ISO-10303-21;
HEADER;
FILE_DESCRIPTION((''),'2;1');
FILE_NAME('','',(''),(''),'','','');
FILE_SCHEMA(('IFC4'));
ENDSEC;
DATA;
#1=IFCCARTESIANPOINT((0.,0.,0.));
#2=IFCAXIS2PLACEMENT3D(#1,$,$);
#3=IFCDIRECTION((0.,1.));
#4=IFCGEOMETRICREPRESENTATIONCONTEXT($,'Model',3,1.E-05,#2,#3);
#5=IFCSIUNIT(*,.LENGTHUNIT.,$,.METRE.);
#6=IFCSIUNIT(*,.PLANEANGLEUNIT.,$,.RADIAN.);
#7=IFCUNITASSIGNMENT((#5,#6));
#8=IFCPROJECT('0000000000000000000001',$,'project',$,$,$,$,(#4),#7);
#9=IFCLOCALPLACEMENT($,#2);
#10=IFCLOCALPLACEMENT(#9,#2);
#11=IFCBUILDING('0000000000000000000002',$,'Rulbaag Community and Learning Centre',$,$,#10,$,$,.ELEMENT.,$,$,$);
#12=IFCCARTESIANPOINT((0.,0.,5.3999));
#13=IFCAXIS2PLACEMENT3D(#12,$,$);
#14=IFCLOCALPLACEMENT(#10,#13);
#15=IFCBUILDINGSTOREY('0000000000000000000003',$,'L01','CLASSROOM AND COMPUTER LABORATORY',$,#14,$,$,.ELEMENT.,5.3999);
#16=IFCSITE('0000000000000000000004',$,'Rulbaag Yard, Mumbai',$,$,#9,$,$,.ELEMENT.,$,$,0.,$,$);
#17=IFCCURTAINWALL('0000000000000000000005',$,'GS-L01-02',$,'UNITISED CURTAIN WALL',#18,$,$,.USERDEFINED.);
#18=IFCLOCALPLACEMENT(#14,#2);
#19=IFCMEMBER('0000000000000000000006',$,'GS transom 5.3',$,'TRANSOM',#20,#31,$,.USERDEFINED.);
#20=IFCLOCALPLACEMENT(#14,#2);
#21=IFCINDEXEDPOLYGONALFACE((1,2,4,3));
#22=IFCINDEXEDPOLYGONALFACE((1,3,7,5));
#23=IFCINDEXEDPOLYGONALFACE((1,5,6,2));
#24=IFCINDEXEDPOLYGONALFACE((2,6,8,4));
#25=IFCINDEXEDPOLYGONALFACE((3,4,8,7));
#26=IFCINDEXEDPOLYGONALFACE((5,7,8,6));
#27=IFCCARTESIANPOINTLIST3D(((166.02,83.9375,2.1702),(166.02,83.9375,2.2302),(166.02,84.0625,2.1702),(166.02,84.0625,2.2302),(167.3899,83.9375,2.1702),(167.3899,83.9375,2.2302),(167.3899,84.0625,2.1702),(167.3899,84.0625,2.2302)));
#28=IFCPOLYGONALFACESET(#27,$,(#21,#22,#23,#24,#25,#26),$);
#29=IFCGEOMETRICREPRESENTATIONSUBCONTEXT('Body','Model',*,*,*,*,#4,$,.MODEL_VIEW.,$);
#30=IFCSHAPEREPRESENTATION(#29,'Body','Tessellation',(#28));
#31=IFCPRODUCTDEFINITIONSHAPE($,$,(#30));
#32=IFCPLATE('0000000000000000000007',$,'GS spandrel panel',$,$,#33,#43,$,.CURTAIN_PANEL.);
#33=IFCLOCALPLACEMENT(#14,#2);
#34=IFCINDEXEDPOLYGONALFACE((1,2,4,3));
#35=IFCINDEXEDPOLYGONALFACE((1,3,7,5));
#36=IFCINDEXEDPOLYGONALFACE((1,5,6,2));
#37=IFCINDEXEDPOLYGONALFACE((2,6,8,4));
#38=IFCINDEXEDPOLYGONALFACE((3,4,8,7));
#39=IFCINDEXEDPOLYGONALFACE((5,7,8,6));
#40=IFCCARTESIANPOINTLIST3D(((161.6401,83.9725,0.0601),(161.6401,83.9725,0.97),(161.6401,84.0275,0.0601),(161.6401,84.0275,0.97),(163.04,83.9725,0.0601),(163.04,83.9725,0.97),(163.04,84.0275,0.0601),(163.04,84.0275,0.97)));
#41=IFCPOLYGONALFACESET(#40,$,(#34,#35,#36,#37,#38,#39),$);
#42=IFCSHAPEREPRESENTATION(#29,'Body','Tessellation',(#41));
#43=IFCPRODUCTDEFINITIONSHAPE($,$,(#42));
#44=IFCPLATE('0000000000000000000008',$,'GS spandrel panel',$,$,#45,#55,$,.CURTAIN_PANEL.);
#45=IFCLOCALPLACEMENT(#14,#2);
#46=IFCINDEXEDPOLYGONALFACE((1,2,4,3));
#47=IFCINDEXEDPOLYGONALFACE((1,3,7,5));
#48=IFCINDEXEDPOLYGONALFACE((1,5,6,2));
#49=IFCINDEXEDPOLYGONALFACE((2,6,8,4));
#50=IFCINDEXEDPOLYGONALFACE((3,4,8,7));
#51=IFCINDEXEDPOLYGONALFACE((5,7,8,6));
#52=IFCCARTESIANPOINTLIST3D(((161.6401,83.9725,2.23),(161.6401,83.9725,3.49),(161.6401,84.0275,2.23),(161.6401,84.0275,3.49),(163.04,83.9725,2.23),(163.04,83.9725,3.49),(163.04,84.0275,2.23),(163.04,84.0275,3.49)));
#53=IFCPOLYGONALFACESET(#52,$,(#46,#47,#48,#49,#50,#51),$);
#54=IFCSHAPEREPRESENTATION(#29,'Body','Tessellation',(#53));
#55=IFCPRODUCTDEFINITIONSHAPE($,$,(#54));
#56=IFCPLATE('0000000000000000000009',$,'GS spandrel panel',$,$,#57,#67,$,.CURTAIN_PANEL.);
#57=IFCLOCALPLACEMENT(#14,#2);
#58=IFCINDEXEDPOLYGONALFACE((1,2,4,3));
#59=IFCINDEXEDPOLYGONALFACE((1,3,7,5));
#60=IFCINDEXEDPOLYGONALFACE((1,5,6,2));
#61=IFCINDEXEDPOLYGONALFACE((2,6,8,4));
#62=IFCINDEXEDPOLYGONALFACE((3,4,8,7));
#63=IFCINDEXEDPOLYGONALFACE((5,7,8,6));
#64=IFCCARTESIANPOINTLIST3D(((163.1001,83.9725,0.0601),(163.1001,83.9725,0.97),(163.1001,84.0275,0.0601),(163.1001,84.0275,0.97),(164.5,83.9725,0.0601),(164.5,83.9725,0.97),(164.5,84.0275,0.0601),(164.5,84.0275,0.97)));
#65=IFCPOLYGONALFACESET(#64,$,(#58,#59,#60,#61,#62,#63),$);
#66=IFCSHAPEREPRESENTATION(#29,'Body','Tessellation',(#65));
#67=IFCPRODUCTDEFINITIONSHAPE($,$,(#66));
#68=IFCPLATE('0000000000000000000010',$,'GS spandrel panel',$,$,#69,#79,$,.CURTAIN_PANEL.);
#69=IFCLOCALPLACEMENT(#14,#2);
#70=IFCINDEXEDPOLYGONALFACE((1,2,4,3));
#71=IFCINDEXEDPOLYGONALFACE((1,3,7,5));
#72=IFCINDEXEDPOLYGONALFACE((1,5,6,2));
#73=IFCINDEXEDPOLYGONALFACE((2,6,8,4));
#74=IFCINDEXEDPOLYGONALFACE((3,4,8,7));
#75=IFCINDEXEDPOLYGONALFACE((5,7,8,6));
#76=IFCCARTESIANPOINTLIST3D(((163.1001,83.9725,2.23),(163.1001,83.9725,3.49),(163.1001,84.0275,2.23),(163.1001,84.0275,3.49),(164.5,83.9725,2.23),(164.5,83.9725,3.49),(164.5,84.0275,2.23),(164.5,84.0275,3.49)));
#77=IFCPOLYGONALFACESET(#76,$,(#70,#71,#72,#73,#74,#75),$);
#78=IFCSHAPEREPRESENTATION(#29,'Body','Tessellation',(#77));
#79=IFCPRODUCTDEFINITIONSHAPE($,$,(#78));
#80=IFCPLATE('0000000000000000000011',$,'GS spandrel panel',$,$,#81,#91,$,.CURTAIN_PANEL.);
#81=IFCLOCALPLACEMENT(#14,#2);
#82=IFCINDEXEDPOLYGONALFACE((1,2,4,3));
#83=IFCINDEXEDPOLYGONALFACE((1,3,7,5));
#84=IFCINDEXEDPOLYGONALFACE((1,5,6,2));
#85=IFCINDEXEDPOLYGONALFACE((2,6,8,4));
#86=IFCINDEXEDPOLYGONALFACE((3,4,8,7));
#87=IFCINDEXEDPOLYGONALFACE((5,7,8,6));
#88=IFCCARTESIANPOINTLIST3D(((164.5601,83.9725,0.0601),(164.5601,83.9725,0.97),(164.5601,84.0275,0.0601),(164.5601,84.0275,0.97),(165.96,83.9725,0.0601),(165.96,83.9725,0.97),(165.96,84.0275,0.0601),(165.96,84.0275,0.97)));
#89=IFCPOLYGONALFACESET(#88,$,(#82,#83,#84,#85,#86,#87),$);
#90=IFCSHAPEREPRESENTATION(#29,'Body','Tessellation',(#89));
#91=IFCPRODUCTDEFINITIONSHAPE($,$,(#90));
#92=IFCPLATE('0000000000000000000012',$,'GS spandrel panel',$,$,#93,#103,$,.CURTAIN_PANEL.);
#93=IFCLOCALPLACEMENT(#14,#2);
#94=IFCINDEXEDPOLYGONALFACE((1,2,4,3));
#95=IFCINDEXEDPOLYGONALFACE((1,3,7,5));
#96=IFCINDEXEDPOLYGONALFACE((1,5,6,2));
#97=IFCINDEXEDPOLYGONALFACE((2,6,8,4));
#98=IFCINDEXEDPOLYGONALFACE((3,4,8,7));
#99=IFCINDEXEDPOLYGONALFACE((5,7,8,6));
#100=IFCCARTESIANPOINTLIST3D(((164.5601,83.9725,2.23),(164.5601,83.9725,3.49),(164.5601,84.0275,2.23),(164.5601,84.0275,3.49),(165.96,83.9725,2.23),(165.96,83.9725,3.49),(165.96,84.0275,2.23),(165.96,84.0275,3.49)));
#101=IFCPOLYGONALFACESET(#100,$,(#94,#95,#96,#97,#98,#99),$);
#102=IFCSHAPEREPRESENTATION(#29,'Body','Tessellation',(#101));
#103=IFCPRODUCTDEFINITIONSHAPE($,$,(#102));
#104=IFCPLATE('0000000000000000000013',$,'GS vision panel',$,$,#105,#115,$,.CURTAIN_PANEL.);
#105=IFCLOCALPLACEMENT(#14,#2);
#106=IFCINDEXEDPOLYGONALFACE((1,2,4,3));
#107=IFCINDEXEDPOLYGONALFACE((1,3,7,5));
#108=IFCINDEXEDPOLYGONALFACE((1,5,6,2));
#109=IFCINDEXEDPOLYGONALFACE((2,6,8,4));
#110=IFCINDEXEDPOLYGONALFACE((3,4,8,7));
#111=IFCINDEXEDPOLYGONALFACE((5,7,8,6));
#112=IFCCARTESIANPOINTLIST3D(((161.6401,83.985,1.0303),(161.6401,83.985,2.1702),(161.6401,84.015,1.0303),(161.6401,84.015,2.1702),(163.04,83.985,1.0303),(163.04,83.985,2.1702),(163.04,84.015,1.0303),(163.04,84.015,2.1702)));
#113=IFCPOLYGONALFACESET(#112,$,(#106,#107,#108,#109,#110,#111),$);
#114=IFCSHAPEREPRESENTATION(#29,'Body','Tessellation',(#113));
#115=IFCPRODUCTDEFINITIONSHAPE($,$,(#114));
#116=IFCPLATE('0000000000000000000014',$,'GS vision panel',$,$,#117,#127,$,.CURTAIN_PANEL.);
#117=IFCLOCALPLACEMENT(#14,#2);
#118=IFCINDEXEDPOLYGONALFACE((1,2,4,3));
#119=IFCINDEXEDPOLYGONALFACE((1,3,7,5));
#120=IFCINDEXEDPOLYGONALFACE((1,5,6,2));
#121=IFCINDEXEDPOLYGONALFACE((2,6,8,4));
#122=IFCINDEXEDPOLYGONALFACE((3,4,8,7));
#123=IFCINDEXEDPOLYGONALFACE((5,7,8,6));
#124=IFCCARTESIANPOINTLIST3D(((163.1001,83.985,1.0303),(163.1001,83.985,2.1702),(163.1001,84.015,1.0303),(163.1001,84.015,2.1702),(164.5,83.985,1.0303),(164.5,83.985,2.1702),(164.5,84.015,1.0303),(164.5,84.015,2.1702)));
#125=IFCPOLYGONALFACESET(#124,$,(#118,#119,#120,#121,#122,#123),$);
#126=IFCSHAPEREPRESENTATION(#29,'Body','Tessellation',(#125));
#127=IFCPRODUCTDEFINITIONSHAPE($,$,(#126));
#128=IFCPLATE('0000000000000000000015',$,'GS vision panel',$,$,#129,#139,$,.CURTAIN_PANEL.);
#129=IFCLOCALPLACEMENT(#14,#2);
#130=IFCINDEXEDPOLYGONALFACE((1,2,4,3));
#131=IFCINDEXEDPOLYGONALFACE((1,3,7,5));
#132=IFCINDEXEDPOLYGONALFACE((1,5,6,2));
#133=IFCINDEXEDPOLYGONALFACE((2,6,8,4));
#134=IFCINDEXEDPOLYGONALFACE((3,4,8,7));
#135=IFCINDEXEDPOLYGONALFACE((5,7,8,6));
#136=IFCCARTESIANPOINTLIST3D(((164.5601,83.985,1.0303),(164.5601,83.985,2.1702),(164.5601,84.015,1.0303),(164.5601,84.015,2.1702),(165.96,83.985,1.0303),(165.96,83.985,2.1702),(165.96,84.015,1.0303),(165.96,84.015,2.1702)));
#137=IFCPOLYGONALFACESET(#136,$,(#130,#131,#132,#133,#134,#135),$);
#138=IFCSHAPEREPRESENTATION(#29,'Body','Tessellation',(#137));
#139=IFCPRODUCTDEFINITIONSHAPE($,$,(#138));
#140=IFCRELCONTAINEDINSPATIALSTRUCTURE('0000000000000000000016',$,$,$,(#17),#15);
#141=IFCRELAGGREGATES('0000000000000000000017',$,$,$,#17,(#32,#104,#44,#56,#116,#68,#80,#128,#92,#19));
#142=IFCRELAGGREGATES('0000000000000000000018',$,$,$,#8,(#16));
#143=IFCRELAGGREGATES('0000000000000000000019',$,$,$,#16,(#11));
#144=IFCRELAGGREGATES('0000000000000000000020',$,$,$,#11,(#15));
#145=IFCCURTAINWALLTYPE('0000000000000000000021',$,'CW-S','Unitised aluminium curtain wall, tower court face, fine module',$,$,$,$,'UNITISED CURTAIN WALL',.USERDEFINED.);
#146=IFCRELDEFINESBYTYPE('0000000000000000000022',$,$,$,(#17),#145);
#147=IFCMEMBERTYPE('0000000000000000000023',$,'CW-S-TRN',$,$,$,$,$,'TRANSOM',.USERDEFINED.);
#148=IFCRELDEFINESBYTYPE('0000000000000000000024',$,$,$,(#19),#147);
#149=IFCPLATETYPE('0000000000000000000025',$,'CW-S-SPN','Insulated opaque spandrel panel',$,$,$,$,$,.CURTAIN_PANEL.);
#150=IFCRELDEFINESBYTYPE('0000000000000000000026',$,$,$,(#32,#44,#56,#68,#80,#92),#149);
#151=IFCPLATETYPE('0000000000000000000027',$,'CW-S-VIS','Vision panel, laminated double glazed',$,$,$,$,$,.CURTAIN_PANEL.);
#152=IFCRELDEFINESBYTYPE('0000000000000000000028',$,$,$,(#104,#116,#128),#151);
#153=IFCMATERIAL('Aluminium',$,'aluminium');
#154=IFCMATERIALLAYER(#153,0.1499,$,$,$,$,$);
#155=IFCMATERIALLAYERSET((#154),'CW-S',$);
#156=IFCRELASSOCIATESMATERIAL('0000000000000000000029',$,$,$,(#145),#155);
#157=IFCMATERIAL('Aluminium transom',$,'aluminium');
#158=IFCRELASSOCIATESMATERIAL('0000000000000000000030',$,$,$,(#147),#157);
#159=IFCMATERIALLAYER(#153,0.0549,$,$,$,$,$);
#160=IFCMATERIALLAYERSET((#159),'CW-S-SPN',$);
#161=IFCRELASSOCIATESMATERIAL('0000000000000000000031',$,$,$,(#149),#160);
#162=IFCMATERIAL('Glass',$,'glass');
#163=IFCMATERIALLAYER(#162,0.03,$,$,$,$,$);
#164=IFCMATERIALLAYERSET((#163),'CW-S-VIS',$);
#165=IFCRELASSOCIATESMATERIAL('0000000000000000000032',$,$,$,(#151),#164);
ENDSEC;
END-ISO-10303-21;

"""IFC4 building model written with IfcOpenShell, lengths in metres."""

from ifc_helpers import new_model, si_unit, direction, frame, origin, origin_2d, place, context, subcontext, project, spatial, rectangle, extrude, material, layer, layer_set, material_profile, profile_set, type_object, element, aggregate, save


model = new_model("IFC4")

# Units and contexts
model_context = context("Model", 3, precision=1e-05, world=origin(), true_north=direction((0.0, 1.0)))
body_context = subcontext(model_context, "Body", "Model", "MODEL_VIEW")
ifc_project = project(units=[si_unit("LENGTHUNIT", "METRE"), si_unit("PLANEANGLEUNIT", "RADIAN")], contexts=[model_context])

# Site, building, storey
site_placement = place(None, origin())
site = spatial("IfcSite", under=ifc_project, at=site_placement, Name="Rulbaag Yard, Mumbai", CompositionType="ELEMENT", RefElevation=0.0)
building_placement = place(site_placement, origin())
building = spatial("IfcBuilding", under=site, at=building_placement, Name="Rulbaag Community and Learning Centre", CompositionType="ELEMENT")
storey_placement = place(building_placement, frame((0.0, 0.0, 5.3999)))
storey = spatial("IfcBuildingStorey", under=building, at=storey_placement, Name="L01", Description="CLASSROOM AND COMPUTER LABORATORY", CompositionType="ELEMENT", Elevation=5.3999)

# Curtain wall, member, plates
ifc_material_1 = material(Name="Aluminium", Category="aluminium")
ifc_layer_1 = layer(ifc_material_1, 0.1499)
ifc_layer_set_1 = layer_set([ifc_layer_1], Name="CW-S")
curtain_wall_type = type_object("IfcCurtainWallType", Name="CW-S", Description="Unitised aluminium curtain wall, tower court face, fine module", ElementType="UNITISED CURTAIN WALL", PredefinedType="USERDEFINED", material=ifc_layer_set_1)
curtain_wall_placement = place(storey_placement, origin())
curtain_wall = element("IfcCurtainWall", 1, at=curtain_wall_placement, inside=storey, type_object=curtain_wall_type, Name="GS-L01-02", ObjectType="UNITISED CURTAIN WALL", PredefinedType="USERDEFINED")
ifc_material_2 = material(Name="Aluminium transom", Category="aluminium")
ifc_material_profile_1 = material_profile(ifc_material_2, rectangle(XDim=0.125, YDim=0.0601, at=origin_2d()), Name="AL 60x125 T")
ifc_profile_set_1 = profile_set([ifc_material_profile_1], Name="Aluminium transom")
member_type_1 = type_object("IfcMemberType", Name="CW-S-TRN", ElementType="TRANSOM", PredefinedType="USERDEFINED", material=ifc_profile_set_1)
member_1_placement = place(storey_placement, frame((166.02, 84.0, 2.2002), z_axis=(1.0, 0.0, 0.0), x_axis=(0.0, 1.0, 0.0)))
member_1 = element("IfcMember", 2, at=member_1_placement, type_object=member_type_1, Name="GS transom 5.3", ObjectType="TRANSOM", PredefinedType="USERDEFINED", context=body_context, shape_type="SweptSolid", body=[
    extrude(rectangle(XDim=0.125, YDim=0.0601, at=origin_2d()), origin(), (0.0, 0.0, 1.0), 1.3699),
])
ifc_layer_2 = layer(ifc_material_1, 0.0549)
ifc_layer_set_2 = layer_set([ifc_layer_2], Name="CW-S-SPN")
plate_type_1 = type_object("IfcPlateType", Name="CW-S-SPN", Description="Insulated opaque spandrel panel", PredefinedType="CURTAIN_PANEL", material=ifc_layer_set_2)
plate_1_placement = place(storey_placement, frame((162.3401, 84.0, 0.0601), z_axis=(0.0, 0.0, 1.0), x_axis=(1.0, 0.0, 0.0)))
plate_1 = element("IfcPlate", 3, at=plate_1_placement, type_object=plate_type_1, Name="GS spandrel panel", PredefinedType="CURTAIN_PANEL", context=body_context, shape_type="SweptSolid", body=[
    extrude(rectangle(XDim=1.3999, YDim=0.0549, at=origin_2d()), origin(), (0.0, 0.0, 1.0), 0.9099),
])
plate_2_placement = place(storey_placement, frame((162.3401, 84.0, 2.23), z_axis=(0.0, 0.0, 1.0), x_axis=(1.0, 0.0, 0.0)))
plate_2 = element("IfcPlate", 4, at=plate_2_placement, type_object=plate_type_1, Name="GS spandrel panel", PredefinedType="CURTAIN_PANEL", context=body_context, shape_type="SweptSolid", body=[
    extrude(rectangle(XDim=1.3999, YDim=0.0549, at=origin_2d()), origin(), (0.0, 0.0, 1.0), 1.26),
])
plate_3_placement = place(storey_placement, frame((163.8, 84.0, 0.0601), z_axis=(0.0, 0.0, 1.0), x_axis=(1.0, 0.0, 0.0)))
plate_3 = element("IfcPlate", 5, at=plate_3_placement, type_object=plate_type_1, Name="GS spandrel panel", PredefinedType="CURTAIN_PANEL", context=body_context, shape_type="SweptSolid", body=[
    extrude(rectangle(XDim=1.3999, YDim=0.0549, at=origin_2d()), origin(), (0.0, 0.0, 1.0), 0.9099),
])
plate_4_placement = place(storey_placement, frame((163.8, 84.0, 2.23), z_axis=(0.0, 0.0, 1.0), x_axis=(1.0, 0.0, 0.0)))
plate_4 = element("IfcPlate", 6, at=plate_4_placement, type_object=plate_type_1, Name="GS spandrel panel", PredefinedType="CURTAIN_PANEL", context=body_context, shape_type="SweptSolid", body=[
    extrude(rectangle(XDim=1.3999, YDim=0.0549, at=origin_2d()), origin(), (0.0, 0.0, 1.0), 1.26),
])
plate_5_placement = place(storey_placement, frame((165.26, 84.0, 0.0601), z_axis=(0.0, 0.0, 1.0), x_axis=(1.0, 0.0, 0.0)))
plate_5 = element("IfcPlate", 7, at=plate_5_placement, type_object=plate_type_1, Name="GS spandrel panel", PredefinedType="CURTAIN_PANEL", context=body_context, shape_type="SweptSolid", body=[
    extrude(rectangle(XDim=1.3999, YDim=0.0549, at=origin_2d()), origin(), (0.0, 0.0, 1.0), 0.9099),
])
plate_6_placement = place(storey_placement, frame((165.26, 84.0, 2.23), z_axis=(0.0, 0.0, 1.0), x_axis=(1.0, 0.0, 0.0)))
plate_6 = element("IfcPlate", 8, at=plate_6_placement, type_object=plate_type_1, Name="GS spandrel panel", PredefinedType="CURTAIN_PANEL", context=body_context, shape_type="SweptSolid", body=[
    extrude(rectangle(XDim=1.3999, YDim=0.0549, at=origin_2d()), origin(), (0.0, 0.0, 1.0), 1.26),
])
ifc_material_3 = material(Name="Glass", Category="glass")
ifc_layer_3 = layer(ifc_material_3, 0.03)
ifc_layer_set_3 = layer_set([ifc_layer_3], Name="CW-S-VIS")
plate_type_2 = type_object("IfcPlateType", Name="CW-S-VIS", Description="Vision panel, laminated double glazed", PredefinedType="CURTAIN_PANEL", material=ifc_layer_set_3)
plate_7_placement = place(storey_placement, frame((162.3401, 84.0, 1.0303), z_axis=(0.0, 0.0, 1.0), x_axis=(1.0, 0.0, 0.0)))
plate_7 = element("IfcPlate", 9, at=plate_7_placement, type_object=plate_type_2, Name="GS vision panel", PredefinedType="CURTAIN_PANEL", context=body_context, shape_type="SweptSolid", body=[
    extrude(rectangle(XDim=1.3999, YDim=0.03, at=origin_2d()), origin(), (0.0, 0.0, 1.0), 1.1399),
])
plate_8_placement = place(storey_placement, frame((163.8, 84.0, 1.0303), z_axis=(0.0, 0.0, 1.0), x_axis=(1.0, 0.0, 0.0)))
plate_8 = element("IfcPlate", 10, at=plate_8_placement, type_object=plate_type_2, Name="GS vision panel", PredefinedType="CURTAIN_PANEL", context=body_context, shape_type="SweptSolid", body=[
    extrude(rectangle(XDim=1.3999, YDim=0.03, at=origin_2d()), origin(), (0.0, 0.0, 1.0), 1.1399),
])
plate_9_placement = place(storey_placement, frame((165.26, 84.0, 1.0303), z_axis=(0.0, 0.0, 1.0), x_axis=(1.0, 0.0, 0.0)))
plate_9 = element("IfcPlate", 11, at=plate_9_placement, type_object=plate_type_2, Name="GS vision panel", PredefinedType="CURTAIN_PANEL", context=body_context, shape_type="SweptSolid", body=[
    extrude(rectangle(XDim=1.3999, YDim=0.03, at=origin_2d()), origin(), (0.0, 0.0, 1.0), 1.1399),
])
aggregate(curtain_wall, [plate_1, plate_7, plate_2, plate_3, plate_8, plate_4, plate_5, plate_9, plate_6, member_1])

save(model, "model.ifc")
